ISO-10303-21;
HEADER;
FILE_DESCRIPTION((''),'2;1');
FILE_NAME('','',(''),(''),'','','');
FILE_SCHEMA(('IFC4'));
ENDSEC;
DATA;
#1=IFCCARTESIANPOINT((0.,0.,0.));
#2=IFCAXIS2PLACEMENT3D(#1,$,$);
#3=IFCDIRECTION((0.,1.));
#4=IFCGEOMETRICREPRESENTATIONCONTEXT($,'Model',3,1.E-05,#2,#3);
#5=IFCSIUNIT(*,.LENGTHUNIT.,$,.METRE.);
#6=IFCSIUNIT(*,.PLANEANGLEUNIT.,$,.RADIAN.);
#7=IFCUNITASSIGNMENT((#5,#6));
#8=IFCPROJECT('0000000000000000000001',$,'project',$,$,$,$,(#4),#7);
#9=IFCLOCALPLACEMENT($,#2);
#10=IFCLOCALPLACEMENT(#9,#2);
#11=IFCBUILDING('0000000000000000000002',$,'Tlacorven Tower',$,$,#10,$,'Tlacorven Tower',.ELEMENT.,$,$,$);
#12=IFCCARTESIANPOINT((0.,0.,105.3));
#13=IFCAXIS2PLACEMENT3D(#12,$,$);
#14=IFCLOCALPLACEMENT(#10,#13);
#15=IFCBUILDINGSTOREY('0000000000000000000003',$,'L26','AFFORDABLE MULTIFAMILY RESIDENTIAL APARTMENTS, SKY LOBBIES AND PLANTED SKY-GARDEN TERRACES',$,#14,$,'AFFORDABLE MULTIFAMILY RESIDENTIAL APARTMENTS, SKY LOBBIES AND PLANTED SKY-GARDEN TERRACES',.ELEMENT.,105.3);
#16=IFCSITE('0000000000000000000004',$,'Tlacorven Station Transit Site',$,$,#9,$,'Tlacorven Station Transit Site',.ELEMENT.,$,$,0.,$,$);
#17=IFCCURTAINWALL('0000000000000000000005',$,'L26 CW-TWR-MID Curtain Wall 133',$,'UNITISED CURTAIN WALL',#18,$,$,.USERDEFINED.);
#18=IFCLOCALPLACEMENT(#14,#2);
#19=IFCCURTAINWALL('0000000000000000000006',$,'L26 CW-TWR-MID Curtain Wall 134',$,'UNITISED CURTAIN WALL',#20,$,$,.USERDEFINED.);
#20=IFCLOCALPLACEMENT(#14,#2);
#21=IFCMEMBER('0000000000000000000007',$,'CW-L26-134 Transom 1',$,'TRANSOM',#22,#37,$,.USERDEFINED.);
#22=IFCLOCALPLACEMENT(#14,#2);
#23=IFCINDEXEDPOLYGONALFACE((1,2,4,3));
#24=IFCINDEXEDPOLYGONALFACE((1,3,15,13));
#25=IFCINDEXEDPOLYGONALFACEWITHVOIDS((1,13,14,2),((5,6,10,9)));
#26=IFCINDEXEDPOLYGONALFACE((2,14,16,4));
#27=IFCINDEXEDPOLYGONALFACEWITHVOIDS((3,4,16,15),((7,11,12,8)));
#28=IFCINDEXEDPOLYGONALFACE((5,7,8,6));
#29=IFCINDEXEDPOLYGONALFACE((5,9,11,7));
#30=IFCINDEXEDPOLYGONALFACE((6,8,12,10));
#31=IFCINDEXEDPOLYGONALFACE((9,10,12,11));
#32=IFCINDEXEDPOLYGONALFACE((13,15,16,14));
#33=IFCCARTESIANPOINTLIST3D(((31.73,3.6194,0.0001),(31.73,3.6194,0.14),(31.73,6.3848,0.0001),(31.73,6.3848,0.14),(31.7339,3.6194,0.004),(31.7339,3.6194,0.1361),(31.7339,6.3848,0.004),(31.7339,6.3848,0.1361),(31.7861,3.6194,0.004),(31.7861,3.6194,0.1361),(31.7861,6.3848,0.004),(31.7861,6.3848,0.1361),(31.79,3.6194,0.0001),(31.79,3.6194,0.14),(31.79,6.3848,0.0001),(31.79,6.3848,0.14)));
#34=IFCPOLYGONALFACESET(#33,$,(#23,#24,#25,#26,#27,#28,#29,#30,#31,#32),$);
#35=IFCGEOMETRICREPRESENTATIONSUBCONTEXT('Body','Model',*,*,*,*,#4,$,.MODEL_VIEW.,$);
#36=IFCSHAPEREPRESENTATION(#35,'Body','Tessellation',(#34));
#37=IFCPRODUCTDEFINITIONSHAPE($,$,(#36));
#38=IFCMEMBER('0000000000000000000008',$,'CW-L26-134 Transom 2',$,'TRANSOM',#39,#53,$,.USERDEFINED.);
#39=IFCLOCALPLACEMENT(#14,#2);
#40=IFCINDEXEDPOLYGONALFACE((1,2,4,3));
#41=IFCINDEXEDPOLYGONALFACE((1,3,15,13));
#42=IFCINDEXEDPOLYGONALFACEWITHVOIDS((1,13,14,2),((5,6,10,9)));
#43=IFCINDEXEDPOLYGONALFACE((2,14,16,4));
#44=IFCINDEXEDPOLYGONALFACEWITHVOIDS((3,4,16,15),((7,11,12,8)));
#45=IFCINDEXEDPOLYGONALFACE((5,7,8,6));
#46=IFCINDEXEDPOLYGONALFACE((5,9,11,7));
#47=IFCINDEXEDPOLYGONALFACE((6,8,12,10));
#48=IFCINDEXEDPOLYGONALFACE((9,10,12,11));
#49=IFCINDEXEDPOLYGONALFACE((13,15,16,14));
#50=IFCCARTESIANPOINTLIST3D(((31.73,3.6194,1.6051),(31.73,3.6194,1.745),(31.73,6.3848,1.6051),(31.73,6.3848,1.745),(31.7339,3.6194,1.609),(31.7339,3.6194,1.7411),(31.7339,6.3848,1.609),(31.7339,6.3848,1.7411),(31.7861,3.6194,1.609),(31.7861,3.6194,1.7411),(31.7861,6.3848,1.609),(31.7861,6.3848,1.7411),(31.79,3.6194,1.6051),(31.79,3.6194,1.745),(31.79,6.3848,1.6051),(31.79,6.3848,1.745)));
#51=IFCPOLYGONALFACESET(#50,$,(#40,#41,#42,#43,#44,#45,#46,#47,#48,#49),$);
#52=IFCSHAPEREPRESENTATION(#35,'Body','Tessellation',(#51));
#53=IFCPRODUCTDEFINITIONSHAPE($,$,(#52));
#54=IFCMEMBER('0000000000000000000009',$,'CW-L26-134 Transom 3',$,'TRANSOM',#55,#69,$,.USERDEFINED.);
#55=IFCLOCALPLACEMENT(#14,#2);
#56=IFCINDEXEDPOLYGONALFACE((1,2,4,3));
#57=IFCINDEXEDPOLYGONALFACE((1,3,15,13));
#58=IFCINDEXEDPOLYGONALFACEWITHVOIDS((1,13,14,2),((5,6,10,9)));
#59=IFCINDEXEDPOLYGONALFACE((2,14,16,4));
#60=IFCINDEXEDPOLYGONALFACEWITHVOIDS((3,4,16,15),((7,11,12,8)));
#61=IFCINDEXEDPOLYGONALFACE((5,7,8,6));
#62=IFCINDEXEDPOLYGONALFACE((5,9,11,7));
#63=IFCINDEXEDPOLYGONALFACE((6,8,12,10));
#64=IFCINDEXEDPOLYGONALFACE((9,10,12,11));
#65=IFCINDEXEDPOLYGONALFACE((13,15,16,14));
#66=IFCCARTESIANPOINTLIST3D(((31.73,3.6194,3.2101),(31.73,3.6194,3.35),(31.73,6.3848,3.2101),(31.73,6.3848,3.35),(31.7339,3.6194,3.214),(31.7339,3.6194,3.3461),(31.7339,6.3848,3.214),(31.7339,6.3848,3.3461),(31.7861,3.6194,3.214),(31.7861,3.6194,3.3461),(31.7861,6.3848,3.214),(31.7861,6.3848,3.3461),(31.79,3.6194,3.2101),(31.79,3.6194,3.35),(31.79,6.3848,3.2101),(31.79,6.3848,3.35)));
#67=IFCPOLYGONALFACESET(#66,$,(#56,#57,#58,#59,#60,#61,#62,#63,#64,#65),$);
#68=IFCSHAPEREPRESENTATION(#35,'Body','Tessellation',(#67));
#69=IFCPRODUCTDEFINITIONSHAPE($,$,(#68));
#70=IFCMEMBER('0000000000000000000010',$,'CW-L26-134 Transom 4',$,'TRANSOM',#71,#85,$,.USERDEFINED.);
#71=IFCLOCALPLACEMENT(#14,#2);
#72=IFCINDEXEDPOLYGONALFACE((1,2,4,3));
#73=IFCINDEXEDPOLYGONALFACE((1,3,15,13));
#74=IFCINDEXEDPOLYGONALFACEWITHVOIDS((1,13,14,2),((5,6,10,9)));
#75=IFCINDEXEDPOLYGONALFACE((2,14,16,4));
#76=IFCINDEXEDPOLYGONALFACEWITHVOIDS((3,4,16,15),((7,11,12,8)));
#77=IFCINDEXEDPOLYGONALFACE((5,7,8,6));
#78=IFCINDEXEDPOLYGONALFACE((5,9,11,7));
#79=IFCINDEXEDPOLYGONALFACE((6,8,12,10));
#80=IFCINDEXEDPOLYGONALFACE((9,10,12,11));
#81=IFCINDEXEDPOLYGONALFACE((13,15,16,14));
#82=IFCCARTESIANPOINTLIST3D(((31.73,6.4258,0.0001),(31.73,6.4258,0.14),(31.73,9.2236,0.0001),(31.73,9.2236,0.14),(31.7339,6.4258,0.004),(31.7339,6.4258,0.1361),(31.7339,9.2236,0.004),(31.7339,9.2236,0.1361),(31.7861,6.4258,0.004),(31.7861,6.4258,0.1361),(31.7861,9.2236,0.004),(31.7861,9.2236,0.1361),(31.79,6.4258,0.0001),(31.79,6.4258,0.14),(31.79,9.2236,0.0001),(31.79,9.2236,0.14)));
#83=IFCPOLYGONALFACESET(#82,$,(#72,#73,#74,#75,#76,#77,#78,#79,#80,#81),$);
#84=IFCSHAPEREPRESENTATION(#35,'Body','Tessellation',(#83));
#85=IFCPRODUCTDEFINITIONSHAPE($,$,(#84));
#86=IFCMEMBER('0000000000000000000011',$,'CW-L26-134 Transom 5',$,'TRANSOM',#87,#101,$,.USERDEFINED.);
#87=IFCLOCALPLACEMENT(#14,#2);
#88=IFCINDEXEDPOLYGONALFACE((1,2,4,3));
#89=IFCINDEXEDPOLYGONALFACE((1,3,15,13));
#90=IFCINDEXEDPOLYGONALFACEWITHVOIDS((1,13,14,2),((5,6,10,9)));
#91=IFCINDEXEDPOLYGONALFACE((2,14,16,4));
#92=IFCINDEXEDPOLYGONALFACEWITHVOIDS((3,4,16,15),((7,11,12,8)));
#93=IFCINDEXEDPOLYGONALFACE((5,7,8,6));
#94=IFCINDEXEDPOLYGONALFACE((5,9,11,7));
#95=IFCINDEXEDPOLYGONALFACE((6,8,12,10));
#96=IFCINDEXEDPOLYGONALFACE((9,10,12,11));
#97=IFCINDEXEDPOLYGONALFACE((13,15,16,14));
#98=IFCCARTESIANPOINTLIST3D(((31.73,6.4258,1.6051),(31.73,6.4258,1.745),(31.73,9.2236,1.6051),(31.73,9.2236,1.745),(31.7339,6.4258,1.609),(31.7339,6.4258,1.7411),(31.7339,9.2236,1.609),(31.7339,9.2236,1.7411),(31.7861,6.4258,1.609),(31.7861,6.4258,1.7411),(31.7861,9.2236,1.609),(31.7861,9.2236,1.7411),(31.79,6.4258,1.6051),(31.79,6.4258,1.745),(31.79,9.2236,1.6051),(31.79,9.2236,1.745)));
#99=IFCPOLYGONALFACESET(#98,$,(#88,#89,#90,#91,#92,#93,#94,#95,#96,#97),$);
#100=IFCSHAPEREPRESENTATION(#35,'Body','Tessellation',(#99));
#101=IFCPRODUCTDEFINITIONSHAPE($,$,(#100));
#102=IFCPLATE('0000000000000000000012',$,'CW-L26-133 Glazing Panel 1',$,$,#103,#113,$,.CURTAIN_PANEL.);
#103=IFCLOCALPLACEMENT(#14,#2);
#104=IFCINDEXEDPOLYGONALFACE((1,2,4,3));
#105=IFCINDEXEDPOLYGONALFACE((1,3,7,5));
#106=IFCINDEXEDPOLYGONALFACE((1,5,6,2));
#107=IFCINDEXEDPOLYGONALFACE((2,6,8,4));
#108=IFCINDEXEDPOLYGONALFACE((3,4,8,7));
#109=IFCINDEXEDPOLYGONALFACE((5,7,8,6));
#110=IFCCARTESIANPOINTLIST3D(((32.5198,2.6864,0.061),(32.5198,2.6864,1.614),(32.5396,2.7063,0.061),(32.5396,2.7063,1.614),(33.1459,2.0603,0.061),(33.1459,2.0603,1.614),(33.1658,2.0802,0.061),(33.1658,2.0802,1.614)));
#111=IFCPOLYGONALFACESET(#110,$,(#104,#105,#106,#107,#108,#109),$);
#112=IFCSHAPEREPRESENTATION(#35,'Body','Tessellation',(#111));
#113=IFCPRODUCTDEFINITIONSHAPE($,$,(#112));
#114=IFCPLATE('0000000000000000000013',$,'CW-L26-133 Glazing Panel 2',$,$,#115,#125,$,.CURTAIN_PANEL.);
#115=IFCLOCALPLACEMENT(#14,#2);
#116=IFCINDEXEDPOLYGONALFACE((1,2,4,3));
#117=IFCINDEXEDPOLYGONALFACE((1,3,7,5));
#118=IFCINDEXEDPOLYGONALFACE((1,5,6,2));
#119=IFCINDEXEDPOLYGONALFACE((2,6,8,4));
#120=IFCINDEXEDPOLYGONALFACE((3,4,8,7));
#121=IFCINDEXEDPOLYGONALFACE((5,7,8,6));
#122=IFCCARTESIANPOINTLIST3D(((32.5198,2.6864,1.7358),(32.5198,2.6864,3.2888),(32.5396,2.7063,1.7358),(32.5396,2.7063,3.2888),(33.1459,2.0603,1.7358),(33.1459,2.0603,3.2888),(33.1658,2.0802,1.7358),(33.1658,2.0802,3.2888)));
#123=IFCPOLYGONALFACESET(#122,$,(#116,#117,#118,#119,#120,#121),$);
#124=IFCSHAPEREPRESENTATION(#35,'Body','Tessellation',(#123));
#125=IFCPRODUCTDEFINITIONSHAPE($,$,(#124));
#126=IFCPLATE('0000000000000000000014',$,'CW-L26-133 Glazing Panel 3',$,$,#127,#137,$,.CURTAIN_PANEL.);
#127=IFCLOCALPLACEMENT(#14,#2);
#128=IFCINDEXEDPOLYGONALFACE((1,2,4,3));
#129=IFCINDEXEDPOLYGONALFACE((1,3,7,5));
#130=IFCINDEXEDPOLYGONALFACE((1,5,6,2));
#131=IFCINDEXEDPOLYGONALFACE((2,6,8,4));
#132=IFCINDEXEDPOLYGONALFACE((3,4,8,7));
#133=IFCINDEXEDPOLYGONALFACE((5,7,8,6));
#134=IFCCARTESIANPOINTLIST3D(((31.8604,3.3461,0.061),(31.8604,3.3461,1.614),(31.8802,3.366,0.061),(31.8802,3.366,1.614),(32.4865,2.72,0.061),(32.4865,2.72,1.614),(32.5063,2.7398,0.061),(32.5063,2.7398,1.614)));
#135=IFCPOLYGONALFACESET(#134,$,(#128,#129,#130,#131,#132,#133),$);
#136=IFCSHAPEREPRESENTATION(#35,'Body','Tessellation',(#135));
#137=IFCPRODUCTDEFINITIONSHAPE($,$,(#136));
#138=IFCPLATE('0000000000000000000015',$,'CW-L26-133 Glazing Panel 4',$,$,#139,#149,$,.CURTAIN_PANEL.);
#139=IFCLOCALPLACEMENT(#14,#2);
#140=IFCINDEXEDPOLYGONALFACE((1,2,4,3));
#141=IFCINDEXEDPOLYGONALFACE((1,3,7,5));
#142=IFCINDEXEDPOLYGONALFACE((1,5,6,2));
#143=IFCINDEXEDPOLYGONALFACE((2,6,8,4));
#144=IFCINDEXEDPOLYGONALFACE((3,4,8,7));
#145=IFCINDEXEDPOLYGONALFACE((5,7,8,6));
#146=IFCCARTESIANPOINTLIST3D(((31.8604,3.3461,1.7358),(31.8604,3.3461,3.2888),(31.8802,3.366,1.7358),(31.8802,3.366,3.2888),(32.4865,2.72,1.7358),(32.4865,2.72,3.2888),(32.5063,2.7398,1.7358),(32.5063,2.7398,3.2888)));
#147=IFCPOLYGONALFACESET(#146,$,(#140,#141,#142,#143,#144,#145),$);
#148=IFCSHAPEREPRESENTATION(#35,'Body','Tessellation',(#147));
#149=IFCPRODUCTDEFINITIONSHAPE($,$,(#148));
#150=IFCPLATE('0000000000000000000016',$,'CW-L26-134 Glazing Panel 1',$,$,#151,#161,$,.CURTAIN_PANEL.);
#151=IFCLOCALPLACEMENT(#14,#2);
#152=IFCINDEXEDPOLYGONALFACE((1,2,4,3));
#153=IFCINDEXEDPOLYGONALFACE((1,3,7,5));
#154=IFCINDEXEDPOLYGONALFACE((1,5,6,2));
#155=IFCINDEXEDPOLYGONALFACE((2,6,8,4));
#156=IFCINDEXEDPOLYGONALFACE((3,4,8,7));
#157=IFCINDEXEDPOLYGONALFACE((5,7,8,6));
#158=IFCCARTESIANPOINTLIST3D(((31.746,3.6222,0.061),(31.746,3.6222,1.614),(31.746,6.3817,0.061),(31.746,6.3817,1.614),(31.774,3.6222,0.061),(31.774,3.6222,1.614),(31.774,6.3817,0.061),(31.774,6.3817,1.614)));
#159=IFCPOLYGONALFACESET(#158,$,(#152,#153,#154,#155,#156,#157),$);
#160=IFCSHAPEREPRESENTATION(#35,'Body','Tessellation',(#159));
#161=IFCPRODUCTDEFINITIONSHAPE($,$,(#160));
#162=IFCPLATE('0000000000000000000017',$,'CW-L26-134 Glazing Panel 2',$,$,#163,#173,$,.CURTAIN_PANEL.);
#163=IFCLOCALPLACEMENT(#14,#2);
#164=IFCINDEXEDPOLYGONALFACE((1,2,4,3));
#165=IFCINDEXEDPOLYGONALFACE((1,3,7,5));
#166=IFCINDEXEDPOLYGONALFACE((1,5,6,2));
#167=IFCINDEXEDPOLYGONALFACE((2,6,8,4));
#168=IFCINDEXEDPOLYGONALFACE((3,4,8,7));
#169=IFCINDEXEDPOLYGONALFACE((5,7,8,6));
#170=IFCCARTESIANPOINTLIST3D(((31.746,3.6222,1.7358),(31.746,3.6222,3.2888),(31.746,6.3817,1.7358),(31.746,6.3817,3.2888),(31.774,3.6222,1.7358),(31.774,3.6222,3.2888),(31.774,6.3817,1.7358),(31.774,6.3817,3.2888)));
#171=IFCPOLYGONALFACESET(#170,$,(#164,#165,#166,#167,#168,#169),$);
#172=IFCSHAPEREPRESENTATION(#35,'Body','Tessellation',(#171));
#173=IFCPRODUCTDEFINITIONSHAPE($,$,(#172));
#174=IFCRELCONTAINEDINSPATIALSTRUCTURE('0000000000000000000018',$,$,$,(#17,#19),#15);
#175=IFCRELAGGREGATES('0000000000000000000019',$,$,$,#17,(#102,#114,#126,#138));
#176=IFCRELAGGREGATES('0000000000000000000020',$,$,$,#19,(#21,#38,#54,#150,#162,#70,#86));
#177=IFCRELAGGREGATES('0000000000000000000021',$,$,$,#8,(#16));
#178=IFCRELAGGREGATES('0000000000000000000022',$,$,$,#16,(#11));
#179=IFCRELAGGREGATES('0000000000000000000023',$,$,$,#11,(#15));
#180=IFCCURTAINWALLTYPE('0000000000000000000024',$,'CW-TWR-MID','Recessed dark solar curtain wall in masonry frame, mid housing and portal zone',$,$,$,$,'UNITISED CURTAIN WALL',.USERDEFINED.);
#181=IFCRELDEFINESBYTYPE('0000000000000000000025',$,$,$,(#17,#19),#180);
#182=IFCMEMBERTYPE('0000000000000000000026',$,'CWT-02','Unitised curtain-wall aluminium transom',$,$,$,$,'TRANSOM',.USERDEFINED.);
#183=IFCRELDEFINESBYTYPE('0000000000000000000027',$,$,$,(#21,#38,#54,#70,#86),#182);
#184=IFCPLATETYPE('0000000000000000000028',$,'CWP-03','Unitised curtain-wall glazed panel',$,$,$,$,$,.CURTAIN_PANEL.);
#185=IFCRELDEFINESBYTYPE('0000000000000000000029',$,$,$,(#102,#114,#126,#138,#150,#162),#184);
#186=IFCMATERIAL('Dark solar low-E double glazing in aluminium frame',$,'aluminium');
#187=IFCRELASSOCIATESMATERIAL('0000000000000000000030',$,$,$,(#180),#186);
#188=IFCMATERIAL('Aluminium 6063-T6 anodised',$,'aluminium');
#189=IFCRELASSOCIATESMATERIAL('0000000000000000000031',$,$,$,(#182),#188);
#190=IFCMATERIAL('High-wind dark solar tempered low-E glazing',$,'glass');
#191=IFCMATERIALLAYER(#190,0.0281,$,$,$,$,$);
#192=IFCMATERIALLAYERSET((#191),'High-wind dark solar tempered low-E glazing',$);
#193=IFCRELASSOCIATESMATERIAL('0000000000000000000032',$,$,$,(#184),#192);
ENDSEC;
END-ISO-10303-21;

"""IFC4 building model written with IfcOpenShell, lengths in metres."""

from ifc_helpers import new_model, si_unit, direction, frame, origin, origin_2d, place, context, subcontext, project, spatial, rectangle, hollow_rectangle, extrude, source, transform, mapped, material, layer, layer_set, material_profile, profile_set, type_object, element, aggregate, save


model = new_model("IFC4")

# Units and contexts
model_context = context("Model", 3, precision=1e-05, world=origin(), true_north=direction((0.0, 1.0)))
body_context = subcontext(model_context, "Body", "Model", "MODEL_VIEW")
ifc_project = project(units=[si_unit("LENGTHUNIT", "METRE"), si_unit("PLANEANGLEUNIT", "RADIAN")], contexts=[model_context])

# Site, building, storey
site_placement = place(None, origin())
site = spatial("IfcSite", under=ifc_project, at=site_placement, Name="Tlacorven Station Transit Site", LongName="Tlacorven Station Transit Site", CompositionType="ELEMENT", RefElevation=0.0)
building_placement = place(site_placement, origin())
building = spatial("IfcBuilding", under=site, at=building_placement, Name="Tlacorven Tower", LongName="Tlacorven Tower", CompositionType="ELEMENT")
storey_placement = place(building_placement, frame((0.0, 0.0, 105.3)))
storey = spatial("IfcBuildingStorey", under=building, at=storey_placement, Name="L26", Description="AFFORDABLE MULTIFAMILY RESIDENTIAL APARTMENTS, SKY LOBBIES AND PLANTED SKY-GARDEN TERRACES", LongName="AFFORDABLE MULTIFAMILY RESIDENTIAL APARTMENTS, SKY LOBBIES AND PLANTED SKY-GARDEN TERRACES", CompositionType="ELEMENT", Elevation=105.3)

# Shared definitions
ifc_material_1 = material(Name="Dark solar low-E double glazing in aluminium frame", Category="aluminium")
curtain_wall_type = type_object("IfcCurtainWallType", Name="CW-TWR-MID", Description="Recessed dark solar curtain wall in masonry frame, mid housing and portal zone", ElementType="UNITISED CURTAIN WALL", PredefinedType="USERDEFINED", material=ifc_material_1)
ifc_material_2 = material(Name="Aluminium 6063-T6 anodised", Category="aluminium")

# Curtain wall
curtain_wall_1_placement = place(storey_placement, origin())
curtain_wall_1 = element("IfcCurtainWall", 1, at=curtain_wall_1_placement, inside=storey, type_object=curtain_wall_type, Name="L26 CW-TWR-MID Curtain Wall 133", ObjectType="UNITISED CURTAIN WALL", PredefinedType="USERDEFINED")

# Curtain wall
curtain_wall_2_placement = place(storey_placement, origin())
curtain_wall_2 = element("IfcCurtainWall", 2, at=curtain_wall_2_placement, inside=storey, type_object=curtain_wall_type, Name="L26 CW-TWR-MID Curtain Wall 134", ObjectType="UNITISED CURTAIN WALL", PredefinedType="USERDEFINED")

# Members
ifc_material_profile_1 = material_profile(ifc_material_2, hollow_rectangle(XDim=0.0601, YDim=0.1399, WallThickness=0.0039, at=origin_2d()), Name="ALU TRANSOM 60X140")
ifc_profile_set_1 = profile_set([ifc_material_profile_1], Name="Aluminium 6063-T6 anodised")
member_type_1 = type_object("IfcMemberType", Name="CWT-02", Description="Unitised curtain-wall aluminium transom", ElementType="TRANSOM", PredefinedType="USERDEFINED", material=ifc_profile_set_1)
shared_shape_1 = source(origin(), body_context, "Body", "SweptSolid", [
    extrude(hollow_rectangle(XDim=0.0601, YDim=0.1399, WallThickness=0.0039, at=origin_2d()), origin(), (0.0, 0.0, 1.0), 2.7654),
])
member_1_placement = place(storey_placement, frame((31.76, 3.6194, 0.0701), z_axis=(0.0, 1.0, 0.0), x_axis=(-1.0, 0.0, 0.0)))
member_1 = element("IfcMember", 3, at=member_1_placement, type_object=member_type_1, Name="CW-L26-134 Transom 1", ObjectType="TRANSOM", PredefinedType="USERDEFINED", context=body_context, shape_type="MappedRepresentation", body=[
    mapped(shared_shape_1, transform((0.0, 0.0, 0.0), scale=1.0)),
])
member_2_placement = place(storey_placement, frame((31.76, 3.6194, 1.675), z_axis=(0.0, 1.0, 0.0), x_axis=(-1.0, 0.0, 0.0)))
member_2 = element("IfcMember", 4, at=member_2_placement, type_object=member_type_1, Name="CW-L26-134 Transom 2", ObjectType="TRANSOM", PredefinedType="USERDEFINED", context=body_context, shape_type="MappedRepresentation", body=[
    mapped(shared_shape_1, transform((0.0, 0.0, 0.0), scale=1.0)),
])
member_3_placement = place(storey_placement, frame((31.76, 3.6194, 3.28), z_axis=(0.0, 1.0, 0.0), x_axis=(-1.0, 0.0, 0.0)))
member_3 = element("IfcMember", 5, at=member_3_placement, type_object=member_type_1, Name="CW-L26-134 Transom 3", ObjectType="TRANSOM", PredefinedType="USERDEFINED", context=body_context, shape_type="MappedRepresentation", body=[
    mapped(shared_shape_1, transform((0.0, 0.0, 0.0), scale=1.0)),
])
shared_shape_2 = source(origin(), body_context, "Body", "SweptSolid", [
    extrude(hollow_rectangle(XDim=0.0601, YDim=0.1399, WallThickness=0.0039, at=origin_2d()), origin(), (0.0, 0.0, 1.0), 2.7979),
])
member_4_placement = place(storey_placement, frame((31.76, 6.4258, 0.0701), z_axis=(0.0, 1.0, 0.0), x_axis=(-1.0, 0.0, 0.0)))
member_4 = element("IfcMember", 6, at=member_4_placement, type_object=member_type_1, Name="CW-L26-134 Transom 4", ObjectType="TRANSOM", PredefinedType="USERDEFINED", context=body_context, shape_type="MappedRepresentation", body=[
    mapped(shared_shape_2, transform((0.0, 0.0, 0.0), scale=1.0)),
])
member_5_placement = place(storey_placement, frame((31.76, 6.4258, 1.675), z_axis=(0.0, 1.0, 0.0), x_axis=(-1.0, 0.0, 0.0)))
member_5 = element("IfcMember", 7, at=member_5_placement, type_object=member_type_1, Name="CW-L26-134 Transom 5", ObjectType="TRANSOM", PredefinedType="USERDEFINED", context=body_context, shape_type="MappedRepresentation", body=[
    mapped(shared_shape_2, transform((0.0, 0.0, 0.0), scale=1.0)),
])

# Plates
ifc_material_3 = material(Name="High-wind dark solar tempered low-E glazing", Category="glass")
ifc_layer = layer(ifc_material_3, 0.0281)
ifc_layer_set = layer_set([ifc_layer], Name="High-wind dark solar tempered low-E glazing")
plate_type = type_object("IfcPlateType", Name="CWP-03", Description="Unitised curtain-wall glazed panel", PredefinedType="CURTAIN_PANEL", material=ifc_layer_set)
shared_shape_3 = source(origin(), body_context, "Body", "SweptSolid", [
    extrude(rectangle(XDim=0.8855, YDim=0.0281, at=origin_2d()), origin(), (0.0, 0.0, 1.0), 1.553),
])
plate_1_placement = place(storey_placement, frame((32.8428, 2.3833, 0.061), z_axis=(0.0, 0.0, 1.0), x_axis=(-0.707107, 0.707107, 0.0)))
plate_1 = element("IfcPlate", 8, at=plate_1_placement, type_object=plate_type, Name="CW-L26-133 Glazing Panel 1", PredefinedType="CURTAIN_PANEL", context=body_context, shape_type="MappedRepresentation", body=[
    mapped(shared_shape_3, transform((0.0, 0.0, 0.0), scale=1.0)),
])
plate_2_placement = place(storey_placement, frame((32.8428, 2.3833, 1.7358), z_axis=(0.0, 0.0, 1.0), x_axis=(-0.707107, 0.707107, 0.0)))
plate_2 = element("IfcPlate", 9, at=plate_2_placement, type_object=plate_type, Name="CW-L26-133 Glazing Panel 2", PredefinedType="CURTAIN_PANEL", context=body_context, shape_type="MappedRepresentation", body=[
    mapped(shared_shape_3, transform((0.0, 0.0, 0.0), scale=1.0)),
])
plate_3_placement = place(storey_placement, frame((32.1833, 3.043, 0.061), z_axis=(0.0, 0.0, 1.0), x_axis=(-0.707107, 0.707107, 0.0)))
plate_3 = element("IfcPlate", 10, at=plate_3_placement, type_object=plate_type, Name="CW-L26-133 Glazing Panel 3", PredefinedType="CURTAIN_PANEL", context=body_context, shape_type="MappedRepresentation", body=[
    mapped(shared_shape_3, transform((0.0, 0.0, 0.0), scale=1.0)),
])
plate_4_placement = place(storey_placement, frame((32.1833, 3.043, 1.7358), z_axis=(0.0, 0.0, 1.0), x_axis=(-0.707107, 0.707107, 0.0)))
plate_4 = element("IfcPlate", 11, at=plate_4_placement, type_object=plate_type, Name="CW-L26-133 Glazing Panel 4", PredefinedType="CURTAIN_PANEL", context=body_context, shape_type="MappedRepresentation", body=[
    mapped(shared_shape_3, transform((0.0, 0.0, 0.0), scale=1.0)),
])
aggregate(curtain_wall_1, [plate_1, plate_2, plate_3, plate_4])
shared_shape_4 = source(origin(), body_context, "Body", "SweptSolid", [
    extrude(rectangle(XDim=2.7595, YDim=0.0281, at=origin_2d()), origin(), (0.0, 0.0, 1.0), 1.553),
])
plate_5_placement = place(storey_placement, frame((31.76, 5.002, 0.061), z_axis=(0.0, 0.0, 1.0), x_axis=(0.0, 1.0, 0.0)))
plate_5 = element("IfcPlate", 12, at=plate_5_placement, type_object=plate_type, Name="CW-L26-134 Glazing Panel 1", PredefinedType="CURTAIN_PANEL", context=body_context, shape_type="MappedRepresentation", body=[
    mapped(shared_shape_4, transform((0.0, 0.0, 0.0), scale=1.0)),
])
plate_6_placement = place(storey_placement, frame((31.76, 5.002, 1.7358), z_axis=(0.0, 0.0, 1.0), x_axis=(0.0, 1.0, 0.0)))
plate_6 = element("IfcPlate", 13, at=plate_6_placement, type_object=plate_type, Name="CW-L26-134 Glazing Panel 2", PredefinedType="CURTAIN_PANEL", context=body_context, shape_type="MappedRepresentation", body=[
    mapped(shared_shape_4, transform((0.0, 0.0, 0.0), scale=1.0)),
])
aggregate(curtain_wall_2, [member_1, member_2, member_3, plate_5, plate_6, member_4, member_5])

save(model, "model.ifc")
